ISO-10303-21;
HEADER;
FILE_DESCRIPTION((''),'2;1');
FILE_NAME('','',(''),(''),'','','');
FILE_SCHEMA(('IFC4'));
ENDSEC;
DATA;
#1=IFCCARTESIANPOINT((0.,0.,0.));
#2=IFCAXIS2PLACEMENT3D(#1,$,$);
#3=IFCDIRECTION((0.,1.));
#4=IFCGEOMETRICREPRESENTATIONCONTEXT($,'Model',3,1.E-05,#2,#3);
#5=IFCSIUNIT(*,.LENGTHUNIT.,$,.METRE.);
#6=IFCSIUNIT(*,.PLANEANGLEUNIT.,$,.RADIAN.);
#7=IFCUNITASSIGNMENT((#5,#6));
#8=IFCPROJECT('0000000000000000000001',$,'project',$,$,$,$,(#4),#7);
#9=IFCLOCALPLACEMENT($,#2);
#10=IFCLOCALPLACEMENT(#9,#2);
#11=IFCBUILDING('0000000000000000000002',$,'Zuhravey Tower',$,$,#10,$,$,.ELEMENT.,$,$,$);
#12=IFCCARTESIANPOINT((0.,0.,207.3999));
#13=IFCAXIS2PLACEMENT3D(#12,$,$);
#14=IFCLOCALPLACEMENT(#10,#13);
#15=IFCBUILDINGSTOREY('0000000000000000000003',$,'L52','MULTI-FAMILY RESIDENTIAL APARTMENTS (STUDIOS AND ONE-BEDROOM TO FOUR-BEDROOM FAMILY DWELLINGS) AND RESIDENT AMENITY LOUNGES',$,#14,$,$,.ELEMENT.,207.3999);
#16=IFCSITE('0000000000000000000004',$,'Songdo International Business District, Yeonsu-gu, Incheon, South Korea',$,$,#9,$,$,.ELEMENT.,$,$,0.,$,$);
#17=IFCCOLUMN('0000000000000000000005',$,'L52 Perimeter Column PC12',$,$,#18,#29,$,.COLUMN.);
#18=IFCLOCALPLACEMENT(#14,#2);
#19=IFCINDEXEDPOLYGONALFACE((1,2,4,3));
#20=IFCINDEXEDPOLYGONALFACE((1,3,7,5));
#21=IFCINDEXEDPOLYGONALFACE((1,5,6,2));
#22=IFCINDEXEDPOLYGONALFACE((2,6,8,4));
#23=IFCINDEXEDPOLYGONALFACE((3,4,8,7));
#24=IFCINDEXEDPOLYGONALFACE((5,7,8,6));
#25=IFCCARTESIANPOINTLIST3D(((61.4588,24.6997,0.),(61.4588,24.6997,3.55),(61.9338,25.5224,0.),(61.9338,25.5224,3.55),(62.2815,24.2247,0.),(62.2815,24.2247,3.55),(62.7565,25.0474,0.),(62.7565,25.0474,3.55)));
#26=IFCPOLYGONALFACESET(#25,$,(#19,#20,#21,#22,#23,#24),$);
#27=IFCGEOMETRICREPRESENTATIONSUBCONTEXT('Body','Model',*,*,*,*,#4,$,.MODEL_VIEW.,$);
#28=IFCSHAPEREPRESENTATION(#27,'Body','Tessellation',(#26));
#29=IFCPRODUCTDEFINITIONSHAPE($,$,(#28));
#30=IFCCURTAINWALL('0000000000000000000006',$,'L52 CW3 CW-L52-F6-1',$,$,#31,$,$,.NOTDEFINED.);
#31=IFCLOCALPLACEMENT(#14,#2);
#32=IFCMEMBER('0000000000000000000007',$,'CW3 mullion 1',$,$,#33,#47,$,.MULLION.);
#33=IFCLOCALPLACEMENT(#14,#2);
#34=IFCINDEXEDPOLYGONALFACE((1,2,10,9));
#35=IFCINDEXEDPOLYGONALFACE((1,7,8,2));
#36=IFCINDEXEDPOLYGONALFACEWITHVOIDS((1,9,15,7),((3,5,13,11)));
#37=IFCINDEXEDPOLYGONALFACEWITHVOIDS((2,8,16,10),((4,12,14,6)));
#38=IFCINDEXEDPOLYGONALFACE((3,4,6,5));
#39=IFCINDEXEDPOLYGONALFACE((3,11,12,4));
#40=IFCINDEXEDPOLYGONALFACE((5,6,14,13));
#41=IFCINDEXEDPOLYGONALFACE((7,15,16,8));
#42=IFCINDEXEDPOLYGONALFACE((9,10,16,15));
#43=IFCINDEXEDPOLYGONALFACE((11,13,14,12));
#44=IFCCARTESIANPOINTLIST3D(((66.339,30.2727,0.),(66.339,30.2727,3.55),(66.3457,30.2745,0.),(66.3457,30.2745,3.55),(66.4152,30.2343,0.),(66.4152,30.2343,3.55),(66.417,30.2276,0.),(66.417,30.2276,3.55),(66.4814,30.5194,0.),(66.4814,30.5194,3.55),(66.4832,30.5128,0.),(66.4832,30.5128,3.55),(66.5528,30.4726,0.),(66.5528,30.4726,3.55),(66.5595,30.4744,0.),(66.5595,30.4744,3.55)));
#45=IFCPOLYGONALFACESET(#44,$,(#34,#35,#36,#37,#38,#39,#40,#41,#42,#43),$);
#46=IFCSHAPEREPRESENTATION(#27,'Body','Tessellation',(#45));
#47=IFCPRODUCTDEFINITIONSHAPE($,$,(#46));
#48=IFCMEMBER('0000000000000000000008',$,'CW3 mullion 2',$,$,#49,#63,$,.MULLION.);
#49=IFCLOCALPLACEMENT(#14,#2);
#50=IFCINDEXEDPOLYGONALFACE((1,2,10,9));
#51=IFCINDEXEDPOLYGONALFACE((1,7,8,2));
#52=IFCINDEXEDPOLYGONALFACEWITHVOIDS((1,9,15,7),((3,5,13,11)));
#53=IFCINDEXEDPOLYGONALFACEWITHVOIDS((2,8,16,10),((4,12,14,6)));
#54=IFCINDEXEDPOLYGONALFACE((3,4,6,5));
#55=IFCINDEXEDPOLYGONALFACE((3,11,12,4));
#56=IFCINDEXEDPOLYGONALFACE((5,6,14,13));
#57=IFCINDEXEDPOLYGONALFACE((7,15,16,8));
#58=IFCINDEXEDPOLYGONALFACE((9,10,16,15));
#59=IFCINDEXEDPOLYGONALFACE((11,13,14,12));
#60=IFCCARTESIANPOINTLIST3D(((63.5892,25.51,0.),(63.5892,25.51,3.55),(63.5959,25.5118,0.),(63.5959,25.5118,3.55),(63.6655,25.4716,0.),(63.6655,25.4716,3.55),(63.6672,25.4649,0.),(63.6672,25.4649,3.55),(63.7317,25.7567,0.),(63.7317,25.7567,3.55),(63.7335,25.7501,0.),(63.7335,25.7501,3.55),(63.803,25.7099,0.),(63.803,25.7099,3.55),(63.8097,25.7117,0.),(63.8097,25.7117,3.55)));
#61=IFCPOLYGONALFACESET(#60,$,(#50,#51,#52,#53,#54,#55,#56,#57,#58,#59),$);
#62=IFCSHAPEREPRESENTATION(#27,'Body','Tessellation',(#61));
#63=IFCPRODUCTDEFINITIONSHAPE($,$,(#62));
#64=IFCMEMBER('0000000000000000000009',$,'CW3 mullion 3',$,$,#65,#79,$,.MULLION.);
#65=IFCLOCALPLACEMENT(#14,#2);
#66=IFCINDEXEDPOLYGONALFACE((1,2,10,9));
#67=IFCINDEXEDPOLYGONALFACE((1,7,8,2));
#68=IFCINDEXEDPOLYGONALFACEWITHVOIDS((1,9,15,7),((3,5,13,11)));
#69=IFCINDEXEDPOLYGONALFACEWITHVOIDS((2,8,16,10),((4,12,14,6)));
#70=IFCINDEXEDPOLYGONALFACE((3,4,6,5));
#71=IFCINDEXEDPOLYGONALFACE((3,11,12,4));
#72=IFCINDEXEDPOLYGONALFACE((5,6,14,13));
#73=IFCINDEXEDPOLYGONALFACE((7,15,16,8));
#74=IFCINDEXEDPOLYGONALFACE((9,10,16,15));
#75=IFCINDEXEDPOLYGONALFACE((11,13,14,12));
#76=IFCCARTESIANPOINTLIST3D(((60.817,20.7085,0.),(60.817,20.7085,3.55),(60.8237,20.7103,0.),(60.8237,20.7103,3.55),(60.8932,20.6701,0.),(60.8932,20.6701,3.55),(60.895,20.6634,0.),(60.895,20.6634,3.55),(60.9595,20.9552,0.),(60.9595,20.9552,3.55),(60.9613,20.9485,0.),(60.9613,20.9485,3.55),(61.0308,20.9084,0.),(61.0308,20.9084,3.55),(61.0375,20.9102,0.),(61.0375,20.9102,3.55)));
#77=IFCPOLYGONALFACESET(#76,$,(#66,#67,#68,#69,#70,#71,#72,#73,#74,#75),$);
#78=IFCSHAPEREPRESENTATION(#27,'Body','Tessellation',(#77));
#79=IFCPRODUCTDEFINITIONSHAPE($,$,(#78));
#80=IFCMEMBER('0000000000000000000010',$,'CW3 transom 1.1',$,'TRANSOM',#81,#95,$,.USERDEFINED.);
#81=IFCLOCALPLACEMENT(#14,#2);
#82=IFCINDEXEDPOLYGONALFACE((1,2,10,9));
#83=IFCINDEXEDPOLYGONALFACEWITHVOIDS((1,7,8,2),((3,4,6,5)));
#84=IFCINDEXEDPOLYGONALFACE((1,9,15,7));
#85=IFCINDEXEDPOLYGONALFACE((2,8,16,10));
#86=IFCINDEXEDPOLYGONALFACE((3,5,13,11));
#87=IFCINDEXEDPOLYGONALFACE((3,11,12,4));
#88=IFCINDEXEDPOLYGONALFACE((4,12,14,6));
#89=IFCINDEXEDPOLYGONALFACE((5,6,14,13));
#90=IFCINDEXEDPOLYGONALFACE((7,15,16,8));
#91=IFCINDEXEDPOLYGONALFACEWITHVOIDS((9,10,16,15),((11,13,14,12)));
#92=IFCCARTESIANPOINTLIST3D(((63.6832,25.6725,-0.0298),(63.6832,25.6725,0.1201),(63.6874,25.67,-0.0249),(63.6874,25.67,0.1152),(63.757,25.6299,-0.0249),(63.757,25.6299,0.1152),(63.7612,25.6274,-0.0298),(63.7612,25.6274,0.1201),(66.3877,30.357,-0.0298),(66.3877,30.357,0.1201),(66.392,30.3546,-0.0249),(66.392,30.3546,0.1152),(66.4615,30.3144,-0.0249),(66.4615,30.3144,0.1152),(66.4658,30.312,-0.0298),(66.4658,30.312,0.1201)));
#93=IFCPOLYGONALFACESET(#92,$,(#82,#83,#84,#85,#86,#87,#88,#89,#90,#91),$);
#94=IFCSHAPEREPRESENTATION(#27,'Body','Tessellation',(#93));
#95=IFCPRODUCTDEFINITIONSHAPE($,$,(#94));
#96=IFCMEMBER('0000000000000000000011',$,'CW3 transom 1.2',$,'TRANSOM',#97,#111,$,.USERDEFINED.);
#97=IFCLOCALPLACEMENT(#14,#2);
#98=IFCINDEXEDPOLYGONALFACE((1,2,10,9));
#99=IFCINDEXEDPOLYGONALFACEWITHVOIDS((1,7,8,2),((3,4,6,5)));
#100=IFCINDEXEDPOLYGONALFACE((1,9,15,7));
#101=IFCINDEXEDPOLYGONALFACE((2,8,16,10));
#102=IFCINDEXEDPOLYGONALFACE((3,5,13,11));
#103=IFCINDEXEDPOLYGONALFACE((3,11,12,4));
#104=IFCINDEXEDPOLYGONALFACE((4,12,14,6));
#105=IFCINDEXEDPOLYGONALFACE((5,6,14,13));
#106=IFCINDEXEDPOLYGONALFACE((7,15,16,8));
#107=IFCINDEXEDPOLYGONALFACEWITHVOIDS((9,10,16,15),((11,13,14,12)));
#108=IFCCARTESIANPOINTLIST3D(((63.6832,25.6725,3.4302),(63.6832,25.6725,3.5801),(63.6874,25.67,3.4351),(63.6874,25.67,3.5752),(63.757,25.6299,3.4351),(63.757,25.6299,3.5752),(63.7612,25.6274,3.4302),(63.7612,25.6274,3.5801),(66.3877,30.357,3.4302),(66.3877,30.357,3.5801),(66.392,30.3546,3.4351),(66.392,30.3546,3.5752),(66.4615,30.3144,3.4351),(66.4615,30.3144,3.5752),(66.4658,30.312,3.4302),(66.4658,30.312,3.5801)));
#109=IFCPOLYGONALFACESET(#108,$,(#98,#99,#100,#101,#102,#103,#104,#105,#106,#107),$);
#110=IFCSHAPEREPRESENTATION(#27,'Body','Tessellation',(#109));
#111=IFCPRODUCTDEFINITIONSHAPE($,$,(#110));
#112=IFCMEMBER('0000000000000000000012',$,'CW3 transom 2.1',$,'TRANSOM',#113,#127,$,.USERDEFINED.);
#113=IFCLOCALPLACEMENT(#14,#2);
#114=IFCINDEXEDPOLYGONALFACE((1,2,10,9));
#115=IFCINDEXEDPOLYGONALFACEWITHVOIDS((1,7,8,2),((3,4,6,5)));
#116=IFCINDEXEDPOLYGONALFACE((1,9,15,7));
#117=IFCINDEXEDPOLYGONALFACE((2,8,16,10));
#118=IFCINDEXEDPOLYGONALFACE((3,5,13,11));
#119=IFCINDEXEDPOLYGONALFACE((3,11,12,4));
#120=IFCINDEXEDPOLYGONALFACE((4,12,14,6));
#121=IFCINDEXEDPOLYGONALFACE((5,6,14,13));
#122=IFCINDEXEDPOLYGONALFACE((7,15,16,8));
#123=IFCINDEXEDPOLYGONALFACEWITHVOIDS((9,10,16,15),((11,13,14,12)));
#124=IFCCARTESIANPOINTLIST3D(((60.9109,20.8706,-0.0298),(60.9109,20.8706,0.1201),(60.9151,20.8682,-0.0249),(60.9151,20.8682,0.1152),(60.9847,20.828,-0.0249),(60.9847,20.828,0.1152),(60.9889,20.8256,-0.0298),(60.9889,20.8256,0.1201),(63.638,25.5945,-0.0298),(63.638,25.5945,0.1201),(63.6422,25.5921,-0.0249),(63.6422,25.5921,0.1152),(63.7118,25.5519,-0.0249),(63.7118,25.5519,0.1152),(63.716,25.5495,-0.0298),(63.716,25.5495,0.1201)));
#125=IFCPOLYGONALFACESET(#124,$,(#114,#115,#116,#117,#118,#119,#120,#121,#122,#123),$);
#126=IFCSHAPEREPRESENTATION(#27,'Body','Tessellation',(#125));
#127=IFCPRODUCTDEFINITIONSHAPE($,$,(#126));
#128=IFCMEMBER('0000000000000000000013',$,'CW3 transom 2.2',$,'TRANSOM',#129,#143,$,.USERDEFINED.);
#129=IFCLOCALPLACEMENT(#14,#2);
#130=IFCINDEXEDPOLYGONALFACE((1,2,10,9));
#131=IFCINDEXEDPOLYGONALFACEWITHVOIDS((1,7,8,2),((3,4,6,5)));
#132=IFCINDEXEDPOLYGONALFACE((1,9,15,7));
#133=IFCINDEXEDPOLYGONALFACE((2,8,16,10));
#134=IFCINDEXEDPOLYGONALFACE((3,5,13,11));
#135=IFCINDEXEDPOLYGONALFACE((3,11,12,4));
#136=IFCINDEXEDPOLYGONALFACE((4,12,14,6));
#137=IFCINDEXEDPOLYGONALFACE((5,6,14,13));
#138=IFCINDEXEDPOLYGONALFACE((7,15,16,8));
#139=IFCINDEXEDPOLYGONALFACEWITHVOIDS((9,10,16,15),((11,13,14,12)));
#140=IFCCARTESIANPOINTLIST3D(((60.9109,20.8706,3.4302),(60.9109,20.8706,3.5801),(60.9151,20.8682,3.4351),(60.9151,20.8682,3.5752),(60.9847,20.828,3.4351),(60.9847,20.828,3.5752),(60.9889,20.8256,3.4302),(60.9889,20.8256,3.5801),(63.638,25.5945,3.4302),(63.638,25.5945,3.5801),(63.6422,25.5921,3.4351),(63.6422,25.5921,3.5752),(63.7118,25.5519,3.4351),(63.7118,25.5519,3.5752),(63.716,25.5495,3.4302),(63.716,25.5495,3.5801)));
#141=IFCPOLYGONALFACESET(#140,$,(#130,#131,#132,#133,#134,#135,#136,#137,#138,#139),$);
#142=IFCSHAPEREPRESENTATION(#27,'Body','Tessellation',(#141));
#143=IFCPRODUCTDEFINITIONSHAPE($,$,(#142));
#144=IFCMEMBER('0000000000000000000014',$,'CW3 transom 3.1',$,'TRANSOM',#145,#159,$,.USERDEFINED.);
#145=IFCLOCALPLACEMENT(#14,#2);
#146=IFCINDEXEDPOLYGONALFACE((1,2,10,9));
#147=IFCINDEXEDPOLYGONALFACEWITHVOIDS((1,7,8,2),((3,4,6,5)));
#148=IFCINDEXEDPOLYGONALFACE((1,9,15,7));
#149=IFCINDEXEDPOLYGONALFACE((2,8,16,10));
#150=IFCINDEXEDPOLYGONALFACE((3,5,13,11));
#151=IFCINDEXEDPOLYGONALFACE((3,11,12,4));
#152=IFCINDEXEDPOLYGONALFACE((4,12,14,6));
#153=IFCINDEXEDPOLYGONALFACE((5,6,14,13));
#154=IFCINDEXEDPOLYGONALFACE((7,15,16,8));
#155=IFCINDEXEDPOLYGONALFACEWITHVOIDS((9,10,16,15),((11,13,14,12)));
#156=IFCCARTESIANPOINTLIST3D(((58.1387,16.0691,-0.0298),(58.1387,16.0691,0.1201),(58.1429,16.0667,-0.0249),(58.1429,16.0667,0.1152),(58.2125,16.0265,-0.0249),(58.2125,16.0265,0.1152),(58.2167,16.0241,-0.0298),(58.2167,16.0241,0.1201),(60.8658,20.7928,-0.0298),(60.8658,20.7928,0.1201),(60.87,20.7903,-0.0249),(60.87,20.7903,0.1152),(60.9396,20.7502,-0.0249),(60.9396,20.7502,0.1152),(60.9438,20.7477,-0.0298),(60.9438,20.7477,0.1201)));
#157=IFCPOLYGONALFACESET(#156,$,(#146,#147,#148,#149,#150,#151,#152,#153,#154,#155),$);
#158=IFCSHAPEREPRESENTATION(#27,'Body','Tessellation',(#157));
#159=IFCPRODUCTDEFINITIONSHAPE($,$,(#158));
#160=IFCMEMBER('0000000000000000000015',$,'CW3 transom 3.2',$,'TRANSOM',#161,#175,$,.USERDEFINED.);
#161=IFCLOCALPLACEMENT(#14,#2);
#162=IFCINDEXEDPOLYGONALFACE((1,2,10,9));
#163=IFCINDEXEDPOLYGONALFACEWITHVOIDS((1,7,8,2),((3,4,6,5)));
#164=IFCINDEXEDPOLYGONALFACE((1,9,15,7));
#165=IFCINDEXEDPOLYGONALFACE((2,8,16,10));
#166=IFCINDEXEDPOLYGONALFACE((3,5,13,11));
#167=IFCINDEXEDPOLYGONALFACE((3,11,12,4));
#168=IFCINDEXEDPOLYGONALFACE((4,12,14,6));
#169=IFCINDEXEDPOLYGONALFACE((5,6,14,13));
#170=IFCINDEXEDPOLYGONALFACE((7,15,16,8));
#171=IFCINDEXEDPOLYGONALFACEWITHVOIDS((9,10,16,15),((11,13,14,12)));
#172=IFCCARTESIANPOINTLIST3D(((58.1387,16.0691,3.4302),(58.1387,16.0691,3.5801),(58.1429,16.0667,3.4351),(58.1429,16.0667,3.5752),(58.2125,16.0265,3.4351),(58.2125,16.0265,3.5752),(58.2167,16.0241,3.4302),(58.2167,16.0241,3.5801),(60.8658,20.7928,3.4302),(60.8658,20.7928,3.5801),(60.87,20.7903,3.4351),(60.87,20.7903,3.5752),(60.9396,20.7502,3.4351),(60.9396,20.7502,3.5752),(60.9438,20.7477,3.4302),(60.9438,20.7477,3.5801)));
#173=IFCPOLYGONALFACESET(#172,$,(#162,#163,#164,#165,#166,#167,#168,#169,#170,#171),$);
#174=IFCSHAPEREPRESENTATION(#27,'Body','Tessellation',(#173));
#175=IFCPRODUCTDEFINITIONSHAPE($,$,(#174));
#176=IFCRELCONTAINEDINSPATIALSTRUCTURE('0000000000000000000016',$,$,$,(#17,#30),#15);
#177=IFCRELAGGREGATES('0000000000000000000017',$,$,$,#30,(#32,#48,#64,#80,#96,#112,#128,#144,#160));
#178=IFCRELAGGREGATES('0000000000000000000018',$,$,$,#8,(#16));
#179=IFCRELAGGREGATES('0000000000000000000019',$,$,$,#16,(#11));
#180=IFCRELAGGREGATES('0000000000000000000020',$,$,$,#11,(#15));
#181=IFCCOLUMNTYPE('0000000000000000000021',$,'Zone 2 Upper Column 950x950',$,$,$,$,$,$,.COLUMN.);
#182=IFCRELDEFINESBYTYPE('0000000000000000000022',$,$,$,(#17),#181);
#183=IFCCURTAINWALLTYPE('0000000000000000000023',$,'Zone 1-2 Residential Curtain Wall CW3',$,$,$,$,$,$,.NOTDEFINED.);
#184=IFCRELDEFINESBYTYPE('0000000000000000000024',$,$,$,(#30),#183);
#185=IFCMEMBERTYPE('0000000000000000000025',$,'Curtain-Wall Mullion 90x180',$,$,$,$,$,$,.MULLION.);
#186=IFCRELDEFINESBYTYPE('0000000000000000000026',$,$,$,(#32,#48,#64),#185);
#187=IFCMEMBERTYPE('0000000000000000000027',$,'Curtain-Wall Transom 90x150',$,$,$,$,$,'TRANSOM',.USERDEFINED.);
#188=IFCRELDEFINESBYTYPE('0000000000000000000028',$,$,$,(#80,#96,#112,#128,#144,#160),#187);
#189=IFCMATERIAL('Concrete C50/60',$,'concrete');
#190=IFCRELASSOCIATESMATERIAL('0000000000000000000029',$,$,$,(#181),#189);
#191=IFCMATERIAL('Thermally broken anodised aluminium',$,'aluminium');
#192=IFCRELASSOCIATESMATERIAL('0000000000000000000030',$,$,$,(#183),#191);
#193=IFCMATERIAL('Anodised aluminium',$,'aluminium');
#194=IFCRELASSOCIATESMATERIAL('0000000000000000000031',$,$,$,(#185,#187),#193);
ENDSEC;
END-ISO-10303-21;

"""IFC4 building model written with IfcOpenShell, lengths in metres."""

from ifc_helpers import new_model, si_unit, direction, frame, origin, origin_2d, place, context, subcontext, project, spatial, rectangle, hollow_rectangle, extrude, material, material_profile, profile_set, type_object, element, aggregate, save


model = new_model("IFC4")

# Units and contexts
model_context = context("Model", 3, precision=1e-05, world=origin(), true_north=direction((0.0, 1.0)))
body_context = subcontext(model_context, "Body", "Model", "MODEL_VIEW")
ifc_project = project(units=[si_unit("LENGTHUNIT", "METRE"), si_unit("PLANEANGLEUNIT", "RADIAN")], contexts=[model_context])

# Site, building, storey
site_placement = place(None, origin())
site = spatial("IfcSite", under=ifc_project, at=site_placement, Name="Songdo International Business District, Yeonsu-gu, Incheon, South Korea", CompositionType="ELEMENT", RefElevation=0.0)
building_placement = place(site_placement, origin())
building = spatial("IfcBuilding", under=site, at=building_placement, Name="Zuhravey Tower", CompositionType="ELEMENT")
storey_placement = place(building_placement, frame((0.0, 0.0, 207.3999)))
storey = spatial("IfcBuildingStorey", under=building, at=storey_placement, Name="L52", Description="MULTI-FAMILY RESIDENTIAL APARTMENTS (STUDIOS AND ONE-BEDROOM TO FOUR-BEDROOM FAMILY DWELLINGS) AND RESIDENT AMENITY LOUNGES", CompositionType="ELEMENT", Elevation=207.3999)

# Column
ifc_material_1 = material(Name="Concrete C50/60", Category="concrete")
ifc_material_profile_1 = material_profile(ifc_material_1, rectangle(XDim=0.95, YDim=0.95, at=origin_2d()), Name="RC-950x950")
ifc_profile_set_1 = profile_set([ifc_material_profile_1], Name="Concrete C50/60")
column_type = type_object("IfcColumnType", Name="Zone 2 Upper Column 950x950", PredefinedType="COLUMN", material=ifc_profile_set_1)
column_placement = place(storey_placement, frame((62.1077, 24.8735, 0.0), z_axis=(0.0, 0.0, 1.0), x_axis=(0.5, 0.866025, 0.0)))
element("IfcColumn", 1, at=column_placement, inside=storey, type_object=column_type, Name="L52 Perimeter Column PC12", PredefinedType="COLUMN", context=body_context, shape_type="SweptSolid", body=[
    extrude(rectangle(XDim=0.95, YDim=0.95, at=origin_2d()), origin(), (0.0, 0.0, 1.0), 3.55),
])

# Curtain wall, members
ifc_material_2 = material(Name="Thermally broken anodised aluminium", Category="aluminium")
curtain_wall_type = type_object("IfcCurtainWallType", Name="Zone 1-2 Residential Curtain Wall CW3", PredefinedType="NOTDEFINED", material=ifc_material_2)
curtain_wall_placement = place(storey_placement, origin())
curtain_wall = element("IfcCurtainWall", 2, at=curtain_wall_placement, inside=storey, type_object=curtain_wall_type, Name="L52 CW3 CW-L52-F6-1", PredefinedType="NOTDEFINED")
ifc_material_3 = material(Name="Anodised aluminium", Category="aluminium")
ifc_material_profile_2 = material_profile(ifc_material_3, hollow_rectangle(XDim=0.0901, YDim=0.2849, WallThickness=0.0049, at=origin_2d()), Name="ALU-RHS-90x285x5")
ifc_profile_set_2 = profile_set([ifc_material_profile_2], Name="Anodised aluminium")
member_type_1 = type_object("IfcMemberType", Name="Curtain-Wall Mullion 90x180", PredefinedType="MULLION", material=ifc_profile_set_2)
member_1_placement = place(storey_placement, frame((66.4492, 30.3735, 0.0), z_axis=(0.0, 0.0, 1.0), x_axis=(0.866025, -0.5, 0.0)))
member_1 = element("IfcMember", 3, at=member_1_placement, type_object=member_type_1, Name="CW3 mullion 1", PredefinedType="MULLION", context=body_context, shape_type="SweptSolid", body=[
    extrude(hollow_rectangle(XDim=0.0901, YDim=0.2849, WallThickness=0.0049, at=origin_2d()), origin(), (0.0, 0.0, 1.0), 3.55),
])
member_2_placement = place(storey_placement, frame((63.6995, 25.6108, 0.0), z_axis=(0.0, 0.0, 1.0), x_axis=(0.866025, -0.5, 0.0)))
member_2 = element("IfcMember", 4, at=member_2_placement, type_object=member_type_1, Name="CW3 mullion 2", PredefinedType="MULLION", context=body_context, shape_type="SweptSolid", body=[
    extrude(hollow_rectangle(XDim=0.0901, YDim=0.2849, WallThickness=0.0049, at=origin_2d()), origin(), (0.0, 0.0, 1.0), 3.55),
])
member_3_placement = place(storey_placement, frame((60.9272, 20.8093, 0.0), z_axis=(0.0, 0.0, 1.0), x_axis=(0.866025, -0.5, 0.0)))
member_3 = element("IfcMember", 5, at=member_3_placement, type_object=member_type_1, Name="CW3 mullion 3", PredefinedType="MULLION", context=body_context, shape_type="SweptSolid", body=[
    extrude(hollow_rectangle(XDim=0.0901, YDim=0.2849, WallThickness=0.0049, at=origin_2d()), origin(), (0.0, 0.0, 1.0), 3.55),
])
ifc_material_profile_3 = material_profile(ifc_material_3, hollow_rectangle(XDim=0.0901, YDim=0.1499, WallThickness=0.0049, at=origin_2d()), Name="ALU-RHS-90x150x5")
ifc_profile_set_3 = profile_set([ifc_material_profile_3], Name="Anodised aluminium")
member_type_2 = type_object("IfcMemberType", Name="Curtain-Wall Transom 90x150", ElementType="TRANSOM", PredefinedType="USERDEFINED", material=ifc_profile_set_3)
member_4_placement = place(storey_placement, frame((66.4268, 30.3345, 0.0452), z_axis=(-0.499993, -0.866029, 0.0), x_axis=(0.866029, -0.499993, 0.0)))
member_4 = element("IfcMember", 6, at=member_4_placement, type_object=member_type_2, Name="CW3 transom 1.1", ObjectType="TRANSOM", PredefinedType="USERDEFINED", context=body_context, shape_type="SweptSolid", body=[
    extrude(hollow_rectangle(XDim=0.0901, YDim=0.1499, WallThickness=0.0049, at=origin_2d()), origin(), (0.0, 0.0, 1.0), 5.4092),
])
member_5_placement = place(storey_placement, frame((66.4268, 30.3345, 3.5051), z_axis=(-0.499993, -0.866029, 0.0), x_axis=(0.866029, -0.499993, 0.0)))
member_5 = element("IfcMember", 7, at=member_5_placement, type_object=member_type_2, Name="CW3 transom 1.2", ObjectType="TRANSOM", PredefinedType="USERDEFINED", context=body_context, shape_type="SweptSolid", body=[
    extrude(hollow_rectangle(XDim=0.0901, YDim=0.1499, WallThickness=0.0049, at=origin_2d()), origin(), (0.0, 0.0, 1.0), 5.4092),
])
member_6_placement = place(storey_placement, frame((63.677, 25.572, 0.0452), z_axis=(-0.499961, -0.866048, 0.0), x_axis=(0.866048, -0.499961, 0.0)))
member_6 = element("IfcMember", 8, at=member_6_placement, type_object=member_type_2, Name="CW3 transom 2.1", ObjectType="TRANSOM", PredefinedType="USERDEFINED", context=body_context, shape_type="SweptSolid", body=[
    extrude(hollow_rectangle(XDim=0.0901, YDim=0.1499, WallThickness=0.0049, at=origin_2d()), origin(), (0.0, 0.0, 1.0), 5.4546),
])
member_7_placement = place(storey_placement, frame((63.677, 25.572, 3.5051), z_axis=(-0.499961, -0.866048, 0.0), x_axis=(0.866048, -0.499961, 0.0)))
member_7 = element("IfcMember", 9, at=member_7_placement, type_object=member_type_2, Name="CW3 transom 2.2", ObjectType="TRANSOM", PredefinedType="USERDEFINED", context=body_context, shape_type="SweptSolid", body=[
    extrude(hollow_rectangle(XDim=0.0901, YDim=0.1499, WallThickness=0.0049, at=origin_2d()), origin(), (0.0, 0.0, 1.0), 5.4546),
])
member_8_placement = place(storey_placement, frame((60.9048, 20.7703, 0.0452), z_axis=(-0.499981, -0.866037, 0.0), x_axis=(0.866037, -0.499981, 0.0)))
member_8 = element("IfcMember", 10, at=member_8_placement, type_object=member_type_2, Name="CW3 transom 3.1", ObjectType="TRANSOM", PredefinedType="USERDEFINED", context=body_context, shape_type="SweptSolid", body=[
    extrude(hollow_rectangle(XDim=0.0901, YDim=0.1499, WallThickness=0.0049, at=origin_2d()), origin(), (0.0, 0.0, 1.0), 5.4543),
])
member_9_placement = place(storey_placement, frame((60.9048, 20.7703, 3.5051), z_axis=(-0.499981, -0.866037, 0.0), x_axis=(0.866037, -0.499981, 0.0)))
member_9 = element("IfcMember", 11, at=member_9_placement, type_object=member_type_2, Name="CW3 transom 3.2", ObjectType="TRANSOM", PredefinedType="USERDEFINED", context=body_context, shape_type="SweptSolid", body=[
    extrude(hollow_rectangle(XDim=0.0901, YDim=0.1499, WallThickness=0.0049, at=origin_2d()), origin(), (0.0, 0.0, 1.0), 5.4543),
])

aggregate(curtain_wall, [member_1, member_2, member_3, member_4, member_5, member_6, member_7, member_8, member_9])

save(model, "model.ifc")
